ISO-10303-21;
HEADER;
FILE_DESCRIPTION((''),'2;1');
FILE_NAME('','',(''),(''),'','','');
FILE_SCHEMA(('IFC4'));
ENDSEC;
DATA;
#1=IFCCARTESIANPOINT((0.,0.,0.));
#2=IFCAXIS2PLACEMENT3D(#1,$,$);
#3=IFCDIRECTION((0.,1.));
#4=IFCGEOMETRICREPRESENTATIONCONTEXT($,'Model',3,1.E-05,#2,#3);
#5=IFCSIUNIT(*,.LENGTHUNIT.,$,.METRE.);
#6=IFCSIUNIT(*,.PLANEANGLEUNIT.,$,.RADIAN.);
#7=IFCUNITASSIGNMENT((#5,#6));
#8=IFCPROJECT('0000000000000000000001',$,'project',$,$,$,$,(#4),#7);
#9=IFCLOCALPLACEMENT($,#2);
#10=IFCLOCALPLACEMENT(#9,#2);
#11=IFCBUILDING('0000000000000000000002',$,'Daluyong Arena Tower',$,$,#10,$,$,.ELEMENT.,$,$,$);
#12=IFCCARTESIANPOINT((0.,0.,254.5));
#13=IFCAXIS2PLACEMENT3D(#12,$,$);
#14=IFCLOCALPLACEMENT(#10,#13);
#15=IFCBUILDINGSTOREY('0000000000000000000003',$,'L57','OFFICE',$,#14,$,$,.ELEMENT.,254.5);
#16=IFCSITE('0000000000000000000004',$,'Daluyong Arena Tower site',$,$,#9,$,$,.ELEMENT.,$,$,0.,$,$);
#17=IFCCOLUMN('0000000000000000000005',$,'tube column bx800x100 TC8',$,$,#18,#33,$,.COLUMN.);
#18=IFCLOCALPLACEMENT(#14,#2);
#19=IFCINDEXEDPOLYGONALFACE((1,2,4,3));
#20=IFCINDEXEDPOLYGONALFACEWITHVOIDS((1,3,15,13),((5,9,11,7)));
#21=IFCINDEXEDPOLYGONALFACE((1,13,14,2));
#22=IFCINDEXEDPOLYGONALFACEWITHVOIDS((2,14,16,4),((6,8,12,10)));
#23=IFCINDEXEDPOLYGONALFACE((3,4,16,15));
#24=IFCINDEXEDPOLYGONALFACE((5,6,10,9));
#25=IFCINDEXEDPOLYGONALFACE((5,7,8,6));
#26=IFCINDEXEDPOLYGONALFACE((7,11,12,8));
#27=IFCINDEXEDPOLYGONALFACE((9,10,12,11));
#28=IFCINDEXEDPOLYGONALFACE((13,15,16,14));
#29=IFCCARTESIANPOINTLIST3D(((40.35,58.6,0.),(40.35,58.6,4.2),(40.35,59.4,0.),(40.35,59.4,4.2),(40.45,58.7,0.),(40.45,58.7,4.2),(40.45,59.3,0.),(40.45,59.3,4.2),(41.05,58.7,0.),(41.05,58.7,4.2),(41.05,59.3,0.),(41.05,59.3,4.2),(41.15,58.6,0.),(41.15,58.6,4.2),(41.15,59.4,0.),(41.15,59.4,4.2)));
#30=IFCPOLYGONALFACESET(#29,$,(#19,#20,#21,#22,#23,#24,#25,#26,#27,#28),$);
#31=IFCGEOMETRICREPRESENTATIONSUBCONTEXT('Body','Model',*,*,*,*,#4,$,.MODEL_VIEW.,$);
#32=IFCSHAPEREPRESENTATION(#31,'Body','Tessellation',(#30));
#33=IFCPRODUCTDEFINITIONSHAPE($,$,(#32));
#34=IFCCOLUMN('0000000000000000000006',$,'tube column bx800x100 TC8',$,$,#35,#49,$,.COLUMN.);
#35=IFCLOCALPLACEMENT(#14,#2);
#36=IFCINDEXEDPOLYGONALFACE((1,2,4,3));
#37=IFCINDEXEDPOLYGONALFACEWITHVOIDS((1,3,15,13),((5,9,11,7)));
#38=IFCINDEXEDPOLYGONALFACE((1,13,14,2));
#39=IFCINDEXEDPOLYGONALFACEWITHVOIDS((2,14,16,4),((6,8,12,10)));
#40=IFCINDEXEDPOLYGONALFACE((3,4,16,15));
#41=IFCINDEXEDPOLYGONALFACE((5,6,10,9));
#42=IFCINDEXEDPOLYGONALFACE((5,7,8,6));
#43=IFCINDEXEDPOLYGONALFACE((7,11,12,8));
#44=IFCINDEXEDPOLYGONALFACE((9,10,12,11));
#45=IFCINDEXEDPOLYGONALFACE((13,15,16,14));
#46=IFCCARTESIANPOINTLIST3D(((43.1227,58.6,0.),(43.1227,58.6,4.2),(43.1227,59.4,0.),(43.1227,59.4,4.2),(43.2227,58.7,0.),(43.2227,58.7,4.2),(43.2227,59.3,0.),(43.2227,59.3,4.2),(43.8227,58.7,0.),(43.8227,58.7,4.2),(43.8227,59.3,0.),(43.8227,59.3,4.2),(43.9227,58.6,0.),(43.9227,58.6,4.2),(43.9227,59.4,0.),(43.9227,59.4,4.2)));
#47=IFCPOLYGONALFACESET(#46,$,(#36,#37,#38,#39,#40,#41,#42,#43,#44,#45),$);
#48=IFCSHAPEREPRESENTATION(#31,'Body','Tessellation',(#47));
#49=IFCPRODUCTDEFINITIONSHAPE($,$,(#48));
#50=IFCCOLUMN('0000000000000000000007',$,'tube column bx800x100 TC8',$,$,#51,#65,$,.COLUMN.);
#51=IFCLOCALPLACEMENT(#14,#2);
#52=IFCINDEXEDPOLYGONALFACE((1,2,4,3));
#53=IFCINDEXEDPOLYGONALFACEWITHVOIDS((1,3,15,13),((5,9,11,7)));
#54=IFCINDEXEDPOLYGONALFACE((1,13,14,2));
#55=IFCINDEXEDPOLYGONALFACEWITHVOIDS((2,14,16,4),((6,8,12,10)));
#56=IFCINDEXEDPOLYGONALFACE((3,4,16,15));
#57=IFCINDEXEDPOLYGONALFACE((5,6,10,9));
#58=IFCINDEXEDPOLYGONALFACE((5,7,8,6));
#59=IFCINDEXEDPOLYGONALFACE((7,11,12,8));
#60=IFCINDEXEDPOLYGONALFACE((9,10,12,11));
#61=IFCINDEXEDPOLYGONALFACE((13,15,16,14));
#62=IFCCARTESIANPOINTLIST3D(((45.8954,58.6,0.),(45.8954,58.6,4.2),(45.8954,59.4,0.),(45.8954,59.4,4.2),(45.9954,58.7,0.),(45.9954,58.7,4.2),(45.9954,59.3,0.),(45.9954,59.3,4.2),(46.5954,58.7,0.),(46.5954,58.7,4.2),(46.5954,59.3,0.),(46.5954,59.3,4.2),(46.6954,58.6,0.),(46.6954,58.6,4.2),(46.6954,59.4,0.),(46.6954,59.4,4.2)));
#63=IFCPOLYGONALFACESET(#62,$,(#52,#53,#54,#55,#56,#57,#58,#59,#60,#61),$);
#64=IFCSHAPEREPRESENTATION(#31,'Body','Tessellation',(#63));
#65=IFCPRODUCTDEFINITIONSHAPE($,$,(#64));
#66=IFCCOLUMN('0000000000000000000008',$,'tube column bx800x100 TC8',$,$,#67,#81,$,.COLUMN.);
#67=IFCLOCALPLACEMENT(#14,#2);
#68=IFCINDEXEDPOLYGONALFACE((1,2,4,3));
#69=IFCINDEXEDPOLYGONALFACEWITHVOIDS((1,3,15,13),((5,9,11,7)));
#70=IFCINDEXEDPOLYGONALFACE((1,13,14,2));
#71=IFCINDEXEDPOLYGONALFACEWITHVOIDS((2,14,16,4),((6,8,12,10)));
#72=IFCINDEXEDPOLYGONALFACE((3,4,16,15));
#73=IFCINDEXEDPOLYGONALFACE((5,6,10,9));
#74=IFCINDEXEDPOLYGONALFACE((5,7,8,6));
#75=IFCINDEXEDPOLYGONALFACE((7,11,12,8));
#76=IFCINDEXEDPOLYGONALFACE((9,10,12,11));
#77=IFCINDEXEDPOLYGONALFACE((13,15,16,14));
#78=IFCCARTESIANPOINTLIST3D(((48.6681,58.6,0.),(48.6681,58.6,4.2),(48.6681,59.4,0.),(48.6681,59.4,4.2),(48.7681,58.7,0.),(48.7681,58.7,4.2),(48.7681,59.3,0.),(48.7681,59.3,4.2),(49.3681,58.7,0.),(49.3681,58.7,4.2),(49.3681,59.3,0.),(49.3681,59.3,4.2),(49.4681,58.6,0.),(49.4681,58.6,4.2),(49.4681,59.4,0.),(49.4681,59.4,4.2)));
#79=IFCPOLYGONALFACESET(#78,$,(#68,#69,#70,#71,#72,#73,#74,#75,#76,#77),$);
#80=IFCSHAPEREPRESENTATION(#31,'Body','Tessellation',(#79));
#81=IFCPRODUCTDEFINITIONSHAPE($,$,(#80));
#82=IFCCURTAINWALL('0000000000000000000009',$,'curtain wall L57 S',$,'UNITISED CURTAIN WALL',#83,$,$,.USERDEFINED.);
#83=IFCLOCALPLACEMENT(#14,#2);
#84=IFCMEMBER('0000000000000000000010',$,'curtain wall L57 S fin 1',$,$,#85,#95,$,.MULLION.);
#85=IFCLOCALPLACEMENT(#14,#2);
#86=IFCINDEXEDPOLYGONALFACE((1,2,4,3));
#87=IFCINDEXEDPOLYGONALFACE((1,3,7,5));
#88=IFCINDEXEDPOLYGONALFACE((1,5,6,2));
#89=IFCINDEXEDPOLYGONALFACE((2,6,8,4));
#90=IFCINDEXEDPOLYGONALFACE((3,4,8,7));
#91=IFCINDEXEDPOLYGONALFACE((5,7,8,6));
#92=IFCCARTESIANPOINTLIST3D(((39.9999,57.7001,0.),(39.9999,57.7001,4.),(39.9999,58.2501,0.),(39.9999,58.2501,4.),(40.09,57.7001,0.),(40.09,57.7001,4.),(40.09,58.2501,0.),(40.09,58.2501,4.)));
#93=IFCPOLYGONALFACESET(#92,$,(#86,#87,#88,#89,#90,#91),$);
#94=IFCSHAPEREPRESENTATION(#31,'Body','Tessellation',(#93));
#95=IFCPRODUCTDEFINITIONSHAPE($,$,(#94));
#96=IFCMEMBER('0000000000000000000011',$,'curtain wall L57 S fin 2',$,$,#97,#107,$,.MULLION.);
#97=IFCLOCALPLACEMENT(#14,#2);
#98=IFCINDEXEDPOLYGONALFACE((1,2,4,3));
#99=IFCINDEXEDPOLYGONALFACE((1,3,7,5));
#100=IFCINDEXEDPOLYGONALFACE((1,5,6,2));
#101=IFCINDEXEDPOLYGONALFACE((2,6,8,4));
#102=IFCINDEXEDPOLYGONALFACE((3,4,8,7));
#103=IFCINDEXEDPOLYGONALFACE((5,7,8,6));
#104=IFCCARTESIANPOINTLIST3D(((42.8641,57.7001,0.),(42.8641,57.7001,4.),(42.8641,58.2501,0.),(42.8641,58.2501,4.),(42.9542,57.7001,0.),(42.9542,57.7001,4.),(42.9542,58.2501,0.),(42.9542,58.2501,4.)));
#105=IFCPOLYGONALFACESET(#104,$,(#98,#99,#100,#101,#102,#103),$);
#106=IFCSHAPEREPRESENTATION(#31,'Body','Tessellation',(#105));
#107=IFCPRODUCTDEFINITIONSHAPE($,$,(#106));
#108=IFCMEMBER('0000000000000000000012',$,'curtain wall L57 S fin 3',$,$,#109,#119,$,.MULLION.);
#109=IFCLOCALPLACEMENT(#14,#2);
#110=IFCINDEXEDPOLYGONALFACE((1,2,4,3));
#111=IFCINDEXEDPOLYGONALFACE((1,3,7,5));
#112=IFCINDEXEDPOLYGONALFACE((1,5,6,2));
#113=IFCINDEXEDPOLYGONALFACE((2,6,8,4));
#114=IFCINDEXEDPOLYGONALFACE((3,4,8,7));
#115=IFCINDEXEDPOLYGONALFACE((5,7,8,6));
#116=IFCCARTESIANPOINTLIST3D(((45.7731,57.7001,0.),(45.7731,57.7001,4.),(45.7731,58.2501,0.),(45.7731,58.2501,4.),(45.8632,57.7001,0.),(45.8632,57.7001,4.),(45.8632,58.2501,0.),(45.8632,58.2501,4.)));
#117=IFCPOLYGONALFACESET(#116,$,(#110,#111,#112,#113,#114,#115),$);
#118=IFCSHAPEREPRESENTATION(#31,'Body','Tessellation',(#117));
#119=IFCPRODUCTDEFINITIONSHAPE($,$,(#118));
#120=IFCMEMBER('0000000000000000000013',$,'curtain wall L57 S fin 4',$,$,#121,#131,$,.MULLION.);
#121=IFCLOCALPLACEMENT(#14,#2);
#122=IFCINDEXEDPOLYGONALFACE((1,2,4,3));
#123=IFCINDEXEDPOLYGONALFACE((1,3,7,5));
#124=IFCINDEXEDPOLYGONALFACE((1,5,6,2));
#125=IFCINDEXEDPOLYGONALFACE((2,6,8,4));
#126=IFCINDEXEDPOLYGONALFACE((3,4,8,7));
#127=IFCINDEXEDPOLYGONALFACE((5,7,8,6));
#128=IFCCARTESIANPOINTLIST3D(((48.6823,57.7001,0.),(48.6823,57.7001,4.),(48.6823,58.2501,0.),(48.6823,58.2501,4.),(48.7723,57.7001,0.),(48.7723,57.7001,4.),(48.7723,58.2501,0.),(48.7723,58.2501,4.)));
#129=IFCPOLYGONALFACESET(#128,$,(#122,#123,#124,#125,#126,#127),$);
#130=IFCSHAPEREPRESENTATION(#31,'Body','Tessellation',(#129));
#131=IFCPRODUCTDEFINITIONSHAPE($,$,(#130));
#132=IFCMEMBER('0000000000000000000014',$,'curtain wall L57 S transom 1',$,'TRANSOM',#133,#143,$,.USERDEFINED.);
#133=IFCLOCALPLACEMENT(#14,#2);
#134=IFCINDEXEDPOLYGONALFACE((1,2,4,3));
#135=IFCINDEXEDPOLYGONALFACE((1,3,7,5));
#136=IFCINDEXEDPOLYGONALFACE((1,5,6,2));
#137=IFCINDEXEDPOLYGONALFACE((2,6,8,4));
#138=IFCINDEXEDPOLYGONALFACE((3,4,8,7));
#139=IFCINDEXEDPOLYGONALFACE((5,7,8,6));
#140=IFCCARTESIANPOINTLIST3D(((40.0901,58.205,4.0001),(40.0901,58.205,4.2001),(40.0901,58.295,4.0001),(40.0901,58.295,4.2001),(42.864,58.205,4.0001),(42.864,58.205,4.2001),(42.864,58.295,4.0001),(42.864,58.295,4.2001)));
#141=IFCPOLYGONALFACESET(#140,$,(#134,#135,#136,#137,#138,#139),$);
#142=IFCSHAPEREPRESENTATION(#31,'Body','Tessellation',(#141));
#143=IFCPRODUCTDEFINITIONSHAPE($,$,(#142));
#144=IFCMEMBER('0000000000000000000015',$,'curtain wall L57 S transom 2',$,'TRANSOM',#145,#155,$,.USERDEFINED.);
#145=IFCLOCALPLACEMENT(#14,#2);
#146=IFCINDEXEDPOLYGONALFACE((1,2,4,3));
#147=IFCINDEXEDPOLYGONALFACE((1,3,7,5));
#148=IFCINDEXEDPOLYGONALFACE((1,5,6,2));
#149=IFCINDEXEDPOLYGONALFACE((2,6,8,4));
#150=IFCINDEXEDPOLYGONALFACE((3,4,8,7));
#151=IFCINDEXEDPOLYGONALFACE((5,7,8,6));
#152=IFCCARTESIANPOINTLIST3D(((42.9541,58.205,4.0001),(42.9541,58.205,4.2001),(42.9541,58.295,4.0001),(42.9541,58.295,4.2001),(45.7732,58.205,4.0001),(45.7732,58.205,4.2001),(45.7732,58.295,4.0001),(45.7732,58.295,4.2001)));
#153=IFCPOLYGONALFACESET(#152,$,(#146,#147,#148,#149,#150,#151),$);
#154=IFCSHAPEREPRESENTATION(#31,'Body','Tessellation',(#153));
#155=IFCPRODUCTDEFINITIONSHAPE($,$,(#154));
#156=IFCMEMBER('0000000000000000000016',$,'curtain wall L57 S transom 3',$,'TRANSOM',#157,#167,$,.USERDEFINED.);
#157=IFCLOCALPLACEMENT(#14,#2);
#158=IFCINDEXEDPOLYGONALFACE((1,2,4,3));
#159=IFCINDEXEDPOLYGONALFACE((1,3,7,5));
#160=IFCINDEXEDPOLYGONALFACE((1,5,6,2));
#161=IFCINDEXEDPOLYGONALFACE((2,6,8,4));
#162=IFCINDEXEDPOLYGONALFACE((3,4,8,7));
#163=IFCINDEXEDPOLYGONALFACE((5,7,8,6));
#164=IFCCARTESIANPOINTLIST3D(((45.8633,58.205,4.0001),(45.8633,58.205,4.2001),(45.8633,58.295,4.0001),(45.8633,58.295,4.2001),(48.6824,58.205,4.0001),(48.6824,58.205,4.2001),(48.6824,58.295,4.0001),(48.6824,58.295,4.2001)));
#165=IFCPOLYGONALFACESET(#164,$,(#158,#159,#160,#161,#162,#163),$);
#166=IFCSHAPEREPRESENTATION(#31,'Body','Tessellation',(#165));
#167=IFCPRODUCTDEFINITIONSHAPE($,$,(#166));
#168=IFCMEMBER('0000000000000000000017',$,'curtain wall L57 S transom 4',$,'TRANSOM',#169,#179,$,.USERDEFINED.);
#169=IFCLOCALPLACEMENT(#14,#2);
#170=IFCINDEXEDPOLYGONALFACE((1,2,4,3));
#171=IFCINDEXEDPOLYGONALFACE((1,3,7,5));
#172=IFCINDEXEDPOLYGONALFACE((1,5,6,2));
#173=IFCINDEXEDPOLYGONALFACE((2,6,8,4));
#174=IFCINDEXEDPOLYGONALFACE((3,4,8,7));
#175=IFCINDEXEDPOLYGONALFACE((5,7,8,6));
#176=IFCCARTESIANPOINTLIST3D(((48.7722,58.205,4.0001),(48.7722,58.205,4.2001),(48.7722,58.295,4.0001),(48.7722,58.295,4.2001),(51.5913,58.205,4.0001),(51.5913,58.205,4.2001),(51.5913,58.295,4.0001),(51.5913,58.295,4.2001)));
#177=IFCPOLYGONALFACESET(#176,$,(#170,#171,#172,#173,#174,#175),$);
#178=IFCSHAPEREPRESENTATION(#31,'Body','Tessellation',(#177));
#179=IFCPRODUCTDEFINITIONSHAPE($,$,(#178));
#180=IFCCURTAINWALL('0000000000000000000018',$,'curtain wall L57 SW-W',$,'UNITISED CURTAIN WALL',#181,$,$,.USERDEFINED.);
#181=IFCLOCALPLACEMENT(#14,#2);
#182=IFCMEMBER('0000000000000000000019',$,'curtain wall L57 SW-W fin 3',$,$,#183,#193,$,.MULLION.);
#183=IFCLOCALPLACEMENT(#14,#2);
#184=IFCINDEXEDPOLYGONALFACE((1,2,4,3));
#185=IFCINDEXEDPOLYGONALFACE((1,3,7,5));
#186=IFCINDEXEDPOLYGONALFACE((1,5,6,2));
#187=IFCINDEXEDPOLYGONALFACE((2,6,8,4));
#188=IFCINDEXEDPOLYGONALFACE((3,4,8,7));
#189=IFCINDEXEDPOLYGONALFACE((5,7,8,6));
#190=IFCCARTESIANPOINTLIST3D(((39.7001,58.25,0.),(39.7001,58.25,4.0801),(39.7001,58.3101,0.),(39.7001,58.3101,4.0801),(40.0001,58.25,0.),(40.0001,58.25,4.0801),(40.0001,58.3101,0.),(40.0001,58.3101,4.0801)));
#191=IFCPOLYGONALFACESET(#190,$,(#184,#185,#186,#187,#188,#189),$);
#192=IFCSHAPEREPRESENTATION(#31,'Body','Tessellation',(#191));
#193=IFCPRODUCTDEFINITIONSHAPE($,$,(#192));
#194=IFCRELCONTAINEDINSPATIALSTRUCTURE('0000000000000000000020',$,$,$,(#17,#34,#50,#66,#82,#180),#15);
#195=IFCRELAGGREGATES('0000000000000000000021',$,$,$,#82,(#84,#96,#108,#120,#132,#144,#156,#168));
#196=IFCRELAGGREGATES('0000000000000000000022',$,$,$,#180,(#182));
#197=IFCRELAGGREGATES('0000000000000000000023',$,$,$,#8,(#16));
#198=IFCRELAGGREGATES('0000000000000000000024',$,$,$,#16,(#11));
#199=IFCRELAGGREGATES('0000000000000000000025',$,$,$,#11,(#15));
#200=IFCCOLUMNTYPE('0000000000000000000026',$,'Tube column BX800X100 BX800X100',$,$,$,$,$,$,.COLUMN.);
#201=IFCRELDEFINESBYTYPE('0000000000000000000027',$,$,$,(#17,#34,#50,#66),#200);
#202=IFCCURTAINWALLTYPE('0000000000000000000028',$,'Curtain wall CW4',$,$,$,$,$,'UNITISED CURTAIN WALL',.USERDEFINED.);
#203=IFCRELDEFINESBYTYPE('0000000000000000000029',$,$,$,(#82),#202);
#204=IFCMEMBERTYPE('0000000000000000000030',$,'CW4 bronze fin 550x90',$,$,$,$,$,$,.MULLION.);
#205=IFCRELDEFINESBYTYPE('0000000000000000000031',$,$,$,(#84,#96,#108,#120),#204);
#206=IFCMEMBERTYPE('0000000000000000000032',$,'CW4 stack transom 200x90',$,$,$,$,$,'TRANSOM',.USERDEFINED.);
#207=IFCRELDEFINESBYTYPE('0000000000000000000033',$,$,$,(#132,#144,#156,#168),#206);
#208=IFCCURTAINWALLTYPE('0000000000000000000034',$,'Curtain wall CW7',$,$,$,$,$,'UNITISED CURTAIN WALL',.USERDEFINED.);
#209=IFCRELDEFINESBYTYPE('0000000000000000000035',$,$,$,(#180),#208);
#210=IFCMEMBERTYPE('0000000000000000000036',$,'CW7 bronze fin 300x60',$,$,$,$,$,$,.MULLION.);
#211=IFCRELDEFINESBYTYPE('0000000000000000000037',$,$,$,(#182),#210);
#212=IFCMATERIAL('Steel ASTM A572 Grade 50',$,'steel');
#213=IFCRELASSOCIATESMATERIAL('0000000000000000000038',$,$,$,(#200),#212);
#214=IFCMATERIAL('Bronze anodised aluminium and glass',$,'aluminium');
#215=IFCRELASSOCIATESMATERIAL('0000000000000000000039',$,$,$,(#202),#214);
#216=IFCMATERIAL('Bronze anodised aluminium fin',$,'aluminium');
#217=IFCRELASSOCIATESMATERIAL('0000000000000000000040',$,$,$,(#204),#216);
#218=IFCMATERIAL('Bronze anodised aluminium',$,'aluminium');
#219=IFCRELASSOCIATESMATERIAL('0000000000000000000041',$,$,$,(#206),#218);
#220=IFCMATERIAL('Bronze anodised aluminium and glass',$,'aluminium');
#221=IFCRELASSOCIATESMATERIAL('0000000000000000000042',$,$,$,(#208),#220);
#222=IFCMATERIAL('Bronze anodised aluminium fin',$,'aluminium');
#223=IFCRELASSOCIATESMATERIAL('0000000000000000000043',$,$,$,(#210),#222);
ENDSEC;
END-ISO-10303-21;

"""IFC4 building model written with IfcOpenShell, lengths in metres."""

from ifc_helpers import new_model, si_unit, direction, frame, origin, origin_2d, place, context, subcontext, project, spatial, rectangle, hollow_rectangle, extrude, material, material_profile, profile_set, type_object, element, aggregate, save


model = new_model("IFC4")

# Units and contexts
model_context = context("Model", 3, precision=1e-05, world=origin(), true_north=direction((0.0, 1.0)))
body_context = subcontext(model_context, "Body", "Model", "MODEL_VIEW")
ifc_project = project(units=[si_unit("LENGTHUNIT", "METRE"), si_unit("PLANEANGLEUNIT", "RADIAN")], contexts=[model_context])

# Site, building, storey
site_placement = place(None, origin())
site = spatial("IfcSite", under=ifc_project, at=site_placement, Name="Daluyong Arena Tower site", CompositionType="ELEMENT", RefElevation=0.0)
building_placement = place(site_placement, origin())
building = spatial("IfcBuilding", under=site, at=building_placement, Name="Daluyong Arena Tower", CompositionType="ELEMENT")
storey_placement = place(building_placement, frame((0.0, 0.0, 254.5)))
storey = spatial("IfcBuildingStorey", under=building, at=storey_placement, Name="L57", Description="OFFICE", CompositionType="ELEMENT", Elevation=254.5)

# Columns
ifc_material_1 = material(Name="Steel ASTM A572 Grade 50", Category="steel")
ifc_material_profile_1 = material_profile(ifc_material_1, hollow_rectangle(XDim=0.8, YDim=0.8, WallThickness=0.1, at=origin_2d()))
ifc_profile_set_1 = profile_set([ifc_material_profile_1], Name="Steel ASTM A572 Grade 50")
column_type = type_object("IfcColumnType", Name="Tube column BX800X100 BX800X100", PredefinedType="COLUMN", material=ifc_profile_set_1)
for number, where, z_axis, x_axis, name in (
    (1, (40.75, 59.0, 0.0), (0.0, 0.0, 1.0), (1.0, 0.0, 0.0), "tube column bx800x100 TC8"),
    (2, (43.5227, 59.0, 0.0), (0.0, 0.0, 1.0), (1.0, 0.0, 0.0), "tube column bx800x100 TC8"),
    (3, (46.2954, 59.0, 0.0), (0.0, 0.0, 1.0), (1.0, 0.0, 0.0), "tube column bx800x100 TC8"),
    (4, (49.0681, 59.0, 0.0), (0.0, 0.0, 1.0), (1.0, 0.0, 0.0), "tube column bx800x100 TC8"),
):
    element("IfcColumn", number, at=place(storey_placement, frame(where, z_axis=z_axis, x_axis=x_axis)), inside=storey, type_object=column_type, Name=name, PredefinedType="COLUMN", context=body_context, shape_type="SweptSolid", body=[
        extrude(hollow_rectangle(XDim=0.8, YDim=0.8, WallThickness=0.1, at=origin_2d()), origin(), (0.0, 0.0, 1.0), 4.2),
    ])

# Curtain wall, members
ifc_material_2 = material(Name="Bronze anodised aluminium and glass", Category="aluminium")
curtain_wall_type_1 = type_object("IfcCurtainWallType", Name="Curtain wall CW4", ElementType="UNITISED CURTAIN WALL", PredefinedType="USERDEFINED", material=ifc_material_2)
curtain_wall_1_placement = place(storey_placement, origin())
curtain_wall_1 = element("IfcCurtainWall", 5, at=curtain_wall_1_placement, inside=storey, type_object=curtain_wall_type_1, Name="curtain wall L57 S", ObjectType="UNITISED CURTAIN WALL", PredefinedType="USERDEFINED")
ifc_material_3 = material(Name="Bronze anodised aluminium fin", Category="aluminium")
ifc_material_profile_2 = material_profile(ifc_material_3, rectangle(XDim=0.55, YDim=0.0901, at=origin_2d()))
ifc_profile_set_2 = profile_set([ifc_material_profile_2], Name="Bronze anodised aluminium fin")
member_type_1 = type_object("IfcMemberType", Name="CW4 bronze fin 550x90", PredefinedType="MULLION", material=ifc_profile_set_2)
member_1_placement = place(storey_placement, frame((40.0449, 57.9751, 0.0), z_axis=(0.0, 0.0, 1.0), x_axis=(0.0, 1.0, 0.0)))
member_1 = element("IfcMember", 6, at=member_1_placement, type_object=member_type_1, Name="curtain wall L57 S fin 1", PredefinedType="MULLION", context=body_context, shape_type="SweptSolid", body=[
    extrude(rectangle(XDim=0.55, YDim=0.0901, at=origin_2d()), origin(), (0.0, 0.0, 1.0), 4.0),
])
member_2_placement = place(storey_placement, frame((42.9092, 57.9751, 0.0), z_axis=(0.0, 0.0, 1.0), x_axis=(0.0, 1.0, 0.0)))
member_2 = element("IfcMember", 7, at=member_2_placement, type_object=member_type_1, Name="curtain wall L57 S fin 2", PredefinedType="MULLION", context=body_context, shape_type="SweptSolid", body=[
    extrude(rectangle(XDim=0.55, YDim=0.0901, at=origin_2d()), origin(), (0.0, 0.0, 1.0), 4.0),
])
member_3_placement = place(storey_placement, frame((45.8181, 57.9751, 0.0), z_axis=(0.0, 0.0, 1.0), x_axis=(0.0, 1.0, 0.0)))
member_3 = element("IfcMember", 8, at=member_3_placement, type_object=member_type_1, Name="curtain wall L57 S fin 3", PredefinedType="MULLION", context=body_context, shape_type="SweptSolid", body=[
    extrude(rectangle(XDim=0.55, YDim=0.0901, at=origin_2d()), origin(), (0.0, 0.0, 1.0), 4.0),
])
member_4_placement = place(storey_placement, frame((48.7273, 57.9751, 0.0), z_axis=(0.0, 0.0, 1.0), x_axis=(0.0, 1.0, 0.0)))
member_4 = element("IfcMember", 9, at=member_4_placement, type_object=member_type_1, Name="curtain wall L57 S fin 4", PredefinedType="MULLION", context=body_context, shape_type="SweptSolid", body=[
    extrude(rectangle(XDim=0.55, YDim=0.0901, at=origin_2d()), origin(), (0.0, 0.0, 1.0), 4.0),
])
ifc_material_4 = material(Name="Bronze anodised aluminium", Category="aluminium")
ifc_material_profile_3 = material_profile(ifc_material_4, rectangle(XDim=0.0901, YDim=0.2, at=origin_2d()))
ifc_profile_set_3 = profile_set([ifc_material_profile_3], Name="Bronze anodised aluminium")
member_type_2 = type_object("IfcMemberType", Name="CW4 stack transom 200x90", ElementType="TRANSOM", PredefinedType="USERDEFINED", material=ifc_profile_set_3)
member_5_placement = place(storey_placement, frame((40.0901, 58.25, 4.1001), z_axis=(1.0, 0.0, 0.0), x_axis=(0.0, 1.0, 0.0)))
member_5 = element("IfcMember", 10, at=member_5_placement, type_object=member_type_2, Name="curtain wall L57 S transom 1", ObjectType="TRANSOM", PredefinedType="USERDEFINED", context=body_context, shape_type="SweptSolid", body=[
    extrude(rectangle(XDim=0.0901, YDim=0.2, at=origin_2d()), origin(), (0.0, 0.0, 1.0), 2.7739),
])
member_6_placement = place(storey_placement, frame((42.9541, 58.25, 4.1001), z_axis=(1.0, 0.0, 0.0), x_axis=(0.0, 1.0, 0.0)))
member_6 = element("IfcMember", 11, at=member_6_placement, type_object=member_type_2, Name="curtain wall L57 S transom 2", ObjectType="TRANSOM", PredefinedType="USERDEFINED", context=body_context, shape_type="SweptSolid", body=[
    extrude(rectangle(XDim=0.0901, YDim=0.2, at=origin_2d()), origin(), (0.0, 0.0, 1.0), 2.8191),
])
member_7_placement = place(storey_placement, frame((45.8633, 58.25, 4.1001), z_axis=(1.0, 0.0, 0.0), x_axis=(0.0, 1.0, 0.0)))
member_7 = element("IfcMember", 12, at=member_7_placement, type_object=member_type_2, Name="curtain wall L57 S transom 3", ObjectType="TRANSOM", PredefinedType="USERDEFINED", context=body_context, shape_type="SweptSolid", body=[
    extrude(rectangle(XDim=0.0901, YDim=0.2, at=origin_2d()), origin(), (0.0, 0.0, 1.0), 2.8191),
])
member_8_placement = place(storey_placement, frame((48.7722, 58.25, 4.1001), z_axis=(1.0, 0.0, 0.0), x_axis=(0.0, 1.0, 0.0)))
member_8 = element("IfcMember", 13, at=member_8_placement, type_object=member_type_2, Name="curtain wall L57 S transom 4", ObjectType="TRANSOM", PredefinedType="USERDEFINED", context=body_context, shape_type="SweptSolid", body=[
    extrude(rectangle(XDim=0.0901, YDim=0.2, at=origin_2d()), origin(), (0.0, 0.0, 1.0), 2.8191),
])

# Curtain wall, member
ifc_material_5 = material(Name="Bronze anodised aluminium and glass", Category="aluminium")
curtain_wall_type_2 = type_object("IfcCurtainWallType", Name="Curtain wall CW7", ElementType="UNITISED CURTAIN WALL", PredefinedType="USERDEFINED", material=ifc_material_5)
curtain_wall_2_placement = place(storey_placement, origin())
curtain_wall_2 = element("IfcCurtainWall", 14, at=curtain_wall_2_placement, inside=storey, type_object=curtain_wall_type_2, Name="curtain wall L57 SW-W", ObjectType="UNITISED CURTAIN WALL", PredefinedType="USERDEFINED")
ifc_material_6 = material(Name="Bronze anodised aluminium fin", Category="aluminium")
ifc_material_profile_4 = material_profile(ifc_material_6, rectangle(XDim=0.3, YDim=0.0601, at=origin_2d()))
ifc_profile_set_4 = profile_set([ifc_material_profile_4], Name="Bronze anodised aluminium fin")
member_type_3 = type_object("IfcMemberType", Name="CW7 bronze fin 300x60", PredefinedType="MULLION", material=ifc_profile_set_4)
member_9_placement = place(storey_placement, frame((39.8501, 58.28, 0.0), z_axis=(0.0, 0.0, 1.0), x_axis=(1.0, 0.0, 0.0)))
member_9 = element("IfcMember", 15, at=member_9_placement, type_object=member_type_3, Name="curtain wall L57 SW-W fin 3", PredefinedType="MULLION", context=body_context, shape_type="SweptSolid", body=[
    extrude(rectangle(XDim=0.3, YDim=0.0601, at=origin_2d()), origin(), (0.0, 0.0, 1.0), 4.0801),
])

aggregate(curtain_wall_1, [member_1, member_2, member_3, member_4, member_5, member_6, member_7, member_8])
aggregate(curtain_wall_2, [member_9])

save(model, "model.ifc")
